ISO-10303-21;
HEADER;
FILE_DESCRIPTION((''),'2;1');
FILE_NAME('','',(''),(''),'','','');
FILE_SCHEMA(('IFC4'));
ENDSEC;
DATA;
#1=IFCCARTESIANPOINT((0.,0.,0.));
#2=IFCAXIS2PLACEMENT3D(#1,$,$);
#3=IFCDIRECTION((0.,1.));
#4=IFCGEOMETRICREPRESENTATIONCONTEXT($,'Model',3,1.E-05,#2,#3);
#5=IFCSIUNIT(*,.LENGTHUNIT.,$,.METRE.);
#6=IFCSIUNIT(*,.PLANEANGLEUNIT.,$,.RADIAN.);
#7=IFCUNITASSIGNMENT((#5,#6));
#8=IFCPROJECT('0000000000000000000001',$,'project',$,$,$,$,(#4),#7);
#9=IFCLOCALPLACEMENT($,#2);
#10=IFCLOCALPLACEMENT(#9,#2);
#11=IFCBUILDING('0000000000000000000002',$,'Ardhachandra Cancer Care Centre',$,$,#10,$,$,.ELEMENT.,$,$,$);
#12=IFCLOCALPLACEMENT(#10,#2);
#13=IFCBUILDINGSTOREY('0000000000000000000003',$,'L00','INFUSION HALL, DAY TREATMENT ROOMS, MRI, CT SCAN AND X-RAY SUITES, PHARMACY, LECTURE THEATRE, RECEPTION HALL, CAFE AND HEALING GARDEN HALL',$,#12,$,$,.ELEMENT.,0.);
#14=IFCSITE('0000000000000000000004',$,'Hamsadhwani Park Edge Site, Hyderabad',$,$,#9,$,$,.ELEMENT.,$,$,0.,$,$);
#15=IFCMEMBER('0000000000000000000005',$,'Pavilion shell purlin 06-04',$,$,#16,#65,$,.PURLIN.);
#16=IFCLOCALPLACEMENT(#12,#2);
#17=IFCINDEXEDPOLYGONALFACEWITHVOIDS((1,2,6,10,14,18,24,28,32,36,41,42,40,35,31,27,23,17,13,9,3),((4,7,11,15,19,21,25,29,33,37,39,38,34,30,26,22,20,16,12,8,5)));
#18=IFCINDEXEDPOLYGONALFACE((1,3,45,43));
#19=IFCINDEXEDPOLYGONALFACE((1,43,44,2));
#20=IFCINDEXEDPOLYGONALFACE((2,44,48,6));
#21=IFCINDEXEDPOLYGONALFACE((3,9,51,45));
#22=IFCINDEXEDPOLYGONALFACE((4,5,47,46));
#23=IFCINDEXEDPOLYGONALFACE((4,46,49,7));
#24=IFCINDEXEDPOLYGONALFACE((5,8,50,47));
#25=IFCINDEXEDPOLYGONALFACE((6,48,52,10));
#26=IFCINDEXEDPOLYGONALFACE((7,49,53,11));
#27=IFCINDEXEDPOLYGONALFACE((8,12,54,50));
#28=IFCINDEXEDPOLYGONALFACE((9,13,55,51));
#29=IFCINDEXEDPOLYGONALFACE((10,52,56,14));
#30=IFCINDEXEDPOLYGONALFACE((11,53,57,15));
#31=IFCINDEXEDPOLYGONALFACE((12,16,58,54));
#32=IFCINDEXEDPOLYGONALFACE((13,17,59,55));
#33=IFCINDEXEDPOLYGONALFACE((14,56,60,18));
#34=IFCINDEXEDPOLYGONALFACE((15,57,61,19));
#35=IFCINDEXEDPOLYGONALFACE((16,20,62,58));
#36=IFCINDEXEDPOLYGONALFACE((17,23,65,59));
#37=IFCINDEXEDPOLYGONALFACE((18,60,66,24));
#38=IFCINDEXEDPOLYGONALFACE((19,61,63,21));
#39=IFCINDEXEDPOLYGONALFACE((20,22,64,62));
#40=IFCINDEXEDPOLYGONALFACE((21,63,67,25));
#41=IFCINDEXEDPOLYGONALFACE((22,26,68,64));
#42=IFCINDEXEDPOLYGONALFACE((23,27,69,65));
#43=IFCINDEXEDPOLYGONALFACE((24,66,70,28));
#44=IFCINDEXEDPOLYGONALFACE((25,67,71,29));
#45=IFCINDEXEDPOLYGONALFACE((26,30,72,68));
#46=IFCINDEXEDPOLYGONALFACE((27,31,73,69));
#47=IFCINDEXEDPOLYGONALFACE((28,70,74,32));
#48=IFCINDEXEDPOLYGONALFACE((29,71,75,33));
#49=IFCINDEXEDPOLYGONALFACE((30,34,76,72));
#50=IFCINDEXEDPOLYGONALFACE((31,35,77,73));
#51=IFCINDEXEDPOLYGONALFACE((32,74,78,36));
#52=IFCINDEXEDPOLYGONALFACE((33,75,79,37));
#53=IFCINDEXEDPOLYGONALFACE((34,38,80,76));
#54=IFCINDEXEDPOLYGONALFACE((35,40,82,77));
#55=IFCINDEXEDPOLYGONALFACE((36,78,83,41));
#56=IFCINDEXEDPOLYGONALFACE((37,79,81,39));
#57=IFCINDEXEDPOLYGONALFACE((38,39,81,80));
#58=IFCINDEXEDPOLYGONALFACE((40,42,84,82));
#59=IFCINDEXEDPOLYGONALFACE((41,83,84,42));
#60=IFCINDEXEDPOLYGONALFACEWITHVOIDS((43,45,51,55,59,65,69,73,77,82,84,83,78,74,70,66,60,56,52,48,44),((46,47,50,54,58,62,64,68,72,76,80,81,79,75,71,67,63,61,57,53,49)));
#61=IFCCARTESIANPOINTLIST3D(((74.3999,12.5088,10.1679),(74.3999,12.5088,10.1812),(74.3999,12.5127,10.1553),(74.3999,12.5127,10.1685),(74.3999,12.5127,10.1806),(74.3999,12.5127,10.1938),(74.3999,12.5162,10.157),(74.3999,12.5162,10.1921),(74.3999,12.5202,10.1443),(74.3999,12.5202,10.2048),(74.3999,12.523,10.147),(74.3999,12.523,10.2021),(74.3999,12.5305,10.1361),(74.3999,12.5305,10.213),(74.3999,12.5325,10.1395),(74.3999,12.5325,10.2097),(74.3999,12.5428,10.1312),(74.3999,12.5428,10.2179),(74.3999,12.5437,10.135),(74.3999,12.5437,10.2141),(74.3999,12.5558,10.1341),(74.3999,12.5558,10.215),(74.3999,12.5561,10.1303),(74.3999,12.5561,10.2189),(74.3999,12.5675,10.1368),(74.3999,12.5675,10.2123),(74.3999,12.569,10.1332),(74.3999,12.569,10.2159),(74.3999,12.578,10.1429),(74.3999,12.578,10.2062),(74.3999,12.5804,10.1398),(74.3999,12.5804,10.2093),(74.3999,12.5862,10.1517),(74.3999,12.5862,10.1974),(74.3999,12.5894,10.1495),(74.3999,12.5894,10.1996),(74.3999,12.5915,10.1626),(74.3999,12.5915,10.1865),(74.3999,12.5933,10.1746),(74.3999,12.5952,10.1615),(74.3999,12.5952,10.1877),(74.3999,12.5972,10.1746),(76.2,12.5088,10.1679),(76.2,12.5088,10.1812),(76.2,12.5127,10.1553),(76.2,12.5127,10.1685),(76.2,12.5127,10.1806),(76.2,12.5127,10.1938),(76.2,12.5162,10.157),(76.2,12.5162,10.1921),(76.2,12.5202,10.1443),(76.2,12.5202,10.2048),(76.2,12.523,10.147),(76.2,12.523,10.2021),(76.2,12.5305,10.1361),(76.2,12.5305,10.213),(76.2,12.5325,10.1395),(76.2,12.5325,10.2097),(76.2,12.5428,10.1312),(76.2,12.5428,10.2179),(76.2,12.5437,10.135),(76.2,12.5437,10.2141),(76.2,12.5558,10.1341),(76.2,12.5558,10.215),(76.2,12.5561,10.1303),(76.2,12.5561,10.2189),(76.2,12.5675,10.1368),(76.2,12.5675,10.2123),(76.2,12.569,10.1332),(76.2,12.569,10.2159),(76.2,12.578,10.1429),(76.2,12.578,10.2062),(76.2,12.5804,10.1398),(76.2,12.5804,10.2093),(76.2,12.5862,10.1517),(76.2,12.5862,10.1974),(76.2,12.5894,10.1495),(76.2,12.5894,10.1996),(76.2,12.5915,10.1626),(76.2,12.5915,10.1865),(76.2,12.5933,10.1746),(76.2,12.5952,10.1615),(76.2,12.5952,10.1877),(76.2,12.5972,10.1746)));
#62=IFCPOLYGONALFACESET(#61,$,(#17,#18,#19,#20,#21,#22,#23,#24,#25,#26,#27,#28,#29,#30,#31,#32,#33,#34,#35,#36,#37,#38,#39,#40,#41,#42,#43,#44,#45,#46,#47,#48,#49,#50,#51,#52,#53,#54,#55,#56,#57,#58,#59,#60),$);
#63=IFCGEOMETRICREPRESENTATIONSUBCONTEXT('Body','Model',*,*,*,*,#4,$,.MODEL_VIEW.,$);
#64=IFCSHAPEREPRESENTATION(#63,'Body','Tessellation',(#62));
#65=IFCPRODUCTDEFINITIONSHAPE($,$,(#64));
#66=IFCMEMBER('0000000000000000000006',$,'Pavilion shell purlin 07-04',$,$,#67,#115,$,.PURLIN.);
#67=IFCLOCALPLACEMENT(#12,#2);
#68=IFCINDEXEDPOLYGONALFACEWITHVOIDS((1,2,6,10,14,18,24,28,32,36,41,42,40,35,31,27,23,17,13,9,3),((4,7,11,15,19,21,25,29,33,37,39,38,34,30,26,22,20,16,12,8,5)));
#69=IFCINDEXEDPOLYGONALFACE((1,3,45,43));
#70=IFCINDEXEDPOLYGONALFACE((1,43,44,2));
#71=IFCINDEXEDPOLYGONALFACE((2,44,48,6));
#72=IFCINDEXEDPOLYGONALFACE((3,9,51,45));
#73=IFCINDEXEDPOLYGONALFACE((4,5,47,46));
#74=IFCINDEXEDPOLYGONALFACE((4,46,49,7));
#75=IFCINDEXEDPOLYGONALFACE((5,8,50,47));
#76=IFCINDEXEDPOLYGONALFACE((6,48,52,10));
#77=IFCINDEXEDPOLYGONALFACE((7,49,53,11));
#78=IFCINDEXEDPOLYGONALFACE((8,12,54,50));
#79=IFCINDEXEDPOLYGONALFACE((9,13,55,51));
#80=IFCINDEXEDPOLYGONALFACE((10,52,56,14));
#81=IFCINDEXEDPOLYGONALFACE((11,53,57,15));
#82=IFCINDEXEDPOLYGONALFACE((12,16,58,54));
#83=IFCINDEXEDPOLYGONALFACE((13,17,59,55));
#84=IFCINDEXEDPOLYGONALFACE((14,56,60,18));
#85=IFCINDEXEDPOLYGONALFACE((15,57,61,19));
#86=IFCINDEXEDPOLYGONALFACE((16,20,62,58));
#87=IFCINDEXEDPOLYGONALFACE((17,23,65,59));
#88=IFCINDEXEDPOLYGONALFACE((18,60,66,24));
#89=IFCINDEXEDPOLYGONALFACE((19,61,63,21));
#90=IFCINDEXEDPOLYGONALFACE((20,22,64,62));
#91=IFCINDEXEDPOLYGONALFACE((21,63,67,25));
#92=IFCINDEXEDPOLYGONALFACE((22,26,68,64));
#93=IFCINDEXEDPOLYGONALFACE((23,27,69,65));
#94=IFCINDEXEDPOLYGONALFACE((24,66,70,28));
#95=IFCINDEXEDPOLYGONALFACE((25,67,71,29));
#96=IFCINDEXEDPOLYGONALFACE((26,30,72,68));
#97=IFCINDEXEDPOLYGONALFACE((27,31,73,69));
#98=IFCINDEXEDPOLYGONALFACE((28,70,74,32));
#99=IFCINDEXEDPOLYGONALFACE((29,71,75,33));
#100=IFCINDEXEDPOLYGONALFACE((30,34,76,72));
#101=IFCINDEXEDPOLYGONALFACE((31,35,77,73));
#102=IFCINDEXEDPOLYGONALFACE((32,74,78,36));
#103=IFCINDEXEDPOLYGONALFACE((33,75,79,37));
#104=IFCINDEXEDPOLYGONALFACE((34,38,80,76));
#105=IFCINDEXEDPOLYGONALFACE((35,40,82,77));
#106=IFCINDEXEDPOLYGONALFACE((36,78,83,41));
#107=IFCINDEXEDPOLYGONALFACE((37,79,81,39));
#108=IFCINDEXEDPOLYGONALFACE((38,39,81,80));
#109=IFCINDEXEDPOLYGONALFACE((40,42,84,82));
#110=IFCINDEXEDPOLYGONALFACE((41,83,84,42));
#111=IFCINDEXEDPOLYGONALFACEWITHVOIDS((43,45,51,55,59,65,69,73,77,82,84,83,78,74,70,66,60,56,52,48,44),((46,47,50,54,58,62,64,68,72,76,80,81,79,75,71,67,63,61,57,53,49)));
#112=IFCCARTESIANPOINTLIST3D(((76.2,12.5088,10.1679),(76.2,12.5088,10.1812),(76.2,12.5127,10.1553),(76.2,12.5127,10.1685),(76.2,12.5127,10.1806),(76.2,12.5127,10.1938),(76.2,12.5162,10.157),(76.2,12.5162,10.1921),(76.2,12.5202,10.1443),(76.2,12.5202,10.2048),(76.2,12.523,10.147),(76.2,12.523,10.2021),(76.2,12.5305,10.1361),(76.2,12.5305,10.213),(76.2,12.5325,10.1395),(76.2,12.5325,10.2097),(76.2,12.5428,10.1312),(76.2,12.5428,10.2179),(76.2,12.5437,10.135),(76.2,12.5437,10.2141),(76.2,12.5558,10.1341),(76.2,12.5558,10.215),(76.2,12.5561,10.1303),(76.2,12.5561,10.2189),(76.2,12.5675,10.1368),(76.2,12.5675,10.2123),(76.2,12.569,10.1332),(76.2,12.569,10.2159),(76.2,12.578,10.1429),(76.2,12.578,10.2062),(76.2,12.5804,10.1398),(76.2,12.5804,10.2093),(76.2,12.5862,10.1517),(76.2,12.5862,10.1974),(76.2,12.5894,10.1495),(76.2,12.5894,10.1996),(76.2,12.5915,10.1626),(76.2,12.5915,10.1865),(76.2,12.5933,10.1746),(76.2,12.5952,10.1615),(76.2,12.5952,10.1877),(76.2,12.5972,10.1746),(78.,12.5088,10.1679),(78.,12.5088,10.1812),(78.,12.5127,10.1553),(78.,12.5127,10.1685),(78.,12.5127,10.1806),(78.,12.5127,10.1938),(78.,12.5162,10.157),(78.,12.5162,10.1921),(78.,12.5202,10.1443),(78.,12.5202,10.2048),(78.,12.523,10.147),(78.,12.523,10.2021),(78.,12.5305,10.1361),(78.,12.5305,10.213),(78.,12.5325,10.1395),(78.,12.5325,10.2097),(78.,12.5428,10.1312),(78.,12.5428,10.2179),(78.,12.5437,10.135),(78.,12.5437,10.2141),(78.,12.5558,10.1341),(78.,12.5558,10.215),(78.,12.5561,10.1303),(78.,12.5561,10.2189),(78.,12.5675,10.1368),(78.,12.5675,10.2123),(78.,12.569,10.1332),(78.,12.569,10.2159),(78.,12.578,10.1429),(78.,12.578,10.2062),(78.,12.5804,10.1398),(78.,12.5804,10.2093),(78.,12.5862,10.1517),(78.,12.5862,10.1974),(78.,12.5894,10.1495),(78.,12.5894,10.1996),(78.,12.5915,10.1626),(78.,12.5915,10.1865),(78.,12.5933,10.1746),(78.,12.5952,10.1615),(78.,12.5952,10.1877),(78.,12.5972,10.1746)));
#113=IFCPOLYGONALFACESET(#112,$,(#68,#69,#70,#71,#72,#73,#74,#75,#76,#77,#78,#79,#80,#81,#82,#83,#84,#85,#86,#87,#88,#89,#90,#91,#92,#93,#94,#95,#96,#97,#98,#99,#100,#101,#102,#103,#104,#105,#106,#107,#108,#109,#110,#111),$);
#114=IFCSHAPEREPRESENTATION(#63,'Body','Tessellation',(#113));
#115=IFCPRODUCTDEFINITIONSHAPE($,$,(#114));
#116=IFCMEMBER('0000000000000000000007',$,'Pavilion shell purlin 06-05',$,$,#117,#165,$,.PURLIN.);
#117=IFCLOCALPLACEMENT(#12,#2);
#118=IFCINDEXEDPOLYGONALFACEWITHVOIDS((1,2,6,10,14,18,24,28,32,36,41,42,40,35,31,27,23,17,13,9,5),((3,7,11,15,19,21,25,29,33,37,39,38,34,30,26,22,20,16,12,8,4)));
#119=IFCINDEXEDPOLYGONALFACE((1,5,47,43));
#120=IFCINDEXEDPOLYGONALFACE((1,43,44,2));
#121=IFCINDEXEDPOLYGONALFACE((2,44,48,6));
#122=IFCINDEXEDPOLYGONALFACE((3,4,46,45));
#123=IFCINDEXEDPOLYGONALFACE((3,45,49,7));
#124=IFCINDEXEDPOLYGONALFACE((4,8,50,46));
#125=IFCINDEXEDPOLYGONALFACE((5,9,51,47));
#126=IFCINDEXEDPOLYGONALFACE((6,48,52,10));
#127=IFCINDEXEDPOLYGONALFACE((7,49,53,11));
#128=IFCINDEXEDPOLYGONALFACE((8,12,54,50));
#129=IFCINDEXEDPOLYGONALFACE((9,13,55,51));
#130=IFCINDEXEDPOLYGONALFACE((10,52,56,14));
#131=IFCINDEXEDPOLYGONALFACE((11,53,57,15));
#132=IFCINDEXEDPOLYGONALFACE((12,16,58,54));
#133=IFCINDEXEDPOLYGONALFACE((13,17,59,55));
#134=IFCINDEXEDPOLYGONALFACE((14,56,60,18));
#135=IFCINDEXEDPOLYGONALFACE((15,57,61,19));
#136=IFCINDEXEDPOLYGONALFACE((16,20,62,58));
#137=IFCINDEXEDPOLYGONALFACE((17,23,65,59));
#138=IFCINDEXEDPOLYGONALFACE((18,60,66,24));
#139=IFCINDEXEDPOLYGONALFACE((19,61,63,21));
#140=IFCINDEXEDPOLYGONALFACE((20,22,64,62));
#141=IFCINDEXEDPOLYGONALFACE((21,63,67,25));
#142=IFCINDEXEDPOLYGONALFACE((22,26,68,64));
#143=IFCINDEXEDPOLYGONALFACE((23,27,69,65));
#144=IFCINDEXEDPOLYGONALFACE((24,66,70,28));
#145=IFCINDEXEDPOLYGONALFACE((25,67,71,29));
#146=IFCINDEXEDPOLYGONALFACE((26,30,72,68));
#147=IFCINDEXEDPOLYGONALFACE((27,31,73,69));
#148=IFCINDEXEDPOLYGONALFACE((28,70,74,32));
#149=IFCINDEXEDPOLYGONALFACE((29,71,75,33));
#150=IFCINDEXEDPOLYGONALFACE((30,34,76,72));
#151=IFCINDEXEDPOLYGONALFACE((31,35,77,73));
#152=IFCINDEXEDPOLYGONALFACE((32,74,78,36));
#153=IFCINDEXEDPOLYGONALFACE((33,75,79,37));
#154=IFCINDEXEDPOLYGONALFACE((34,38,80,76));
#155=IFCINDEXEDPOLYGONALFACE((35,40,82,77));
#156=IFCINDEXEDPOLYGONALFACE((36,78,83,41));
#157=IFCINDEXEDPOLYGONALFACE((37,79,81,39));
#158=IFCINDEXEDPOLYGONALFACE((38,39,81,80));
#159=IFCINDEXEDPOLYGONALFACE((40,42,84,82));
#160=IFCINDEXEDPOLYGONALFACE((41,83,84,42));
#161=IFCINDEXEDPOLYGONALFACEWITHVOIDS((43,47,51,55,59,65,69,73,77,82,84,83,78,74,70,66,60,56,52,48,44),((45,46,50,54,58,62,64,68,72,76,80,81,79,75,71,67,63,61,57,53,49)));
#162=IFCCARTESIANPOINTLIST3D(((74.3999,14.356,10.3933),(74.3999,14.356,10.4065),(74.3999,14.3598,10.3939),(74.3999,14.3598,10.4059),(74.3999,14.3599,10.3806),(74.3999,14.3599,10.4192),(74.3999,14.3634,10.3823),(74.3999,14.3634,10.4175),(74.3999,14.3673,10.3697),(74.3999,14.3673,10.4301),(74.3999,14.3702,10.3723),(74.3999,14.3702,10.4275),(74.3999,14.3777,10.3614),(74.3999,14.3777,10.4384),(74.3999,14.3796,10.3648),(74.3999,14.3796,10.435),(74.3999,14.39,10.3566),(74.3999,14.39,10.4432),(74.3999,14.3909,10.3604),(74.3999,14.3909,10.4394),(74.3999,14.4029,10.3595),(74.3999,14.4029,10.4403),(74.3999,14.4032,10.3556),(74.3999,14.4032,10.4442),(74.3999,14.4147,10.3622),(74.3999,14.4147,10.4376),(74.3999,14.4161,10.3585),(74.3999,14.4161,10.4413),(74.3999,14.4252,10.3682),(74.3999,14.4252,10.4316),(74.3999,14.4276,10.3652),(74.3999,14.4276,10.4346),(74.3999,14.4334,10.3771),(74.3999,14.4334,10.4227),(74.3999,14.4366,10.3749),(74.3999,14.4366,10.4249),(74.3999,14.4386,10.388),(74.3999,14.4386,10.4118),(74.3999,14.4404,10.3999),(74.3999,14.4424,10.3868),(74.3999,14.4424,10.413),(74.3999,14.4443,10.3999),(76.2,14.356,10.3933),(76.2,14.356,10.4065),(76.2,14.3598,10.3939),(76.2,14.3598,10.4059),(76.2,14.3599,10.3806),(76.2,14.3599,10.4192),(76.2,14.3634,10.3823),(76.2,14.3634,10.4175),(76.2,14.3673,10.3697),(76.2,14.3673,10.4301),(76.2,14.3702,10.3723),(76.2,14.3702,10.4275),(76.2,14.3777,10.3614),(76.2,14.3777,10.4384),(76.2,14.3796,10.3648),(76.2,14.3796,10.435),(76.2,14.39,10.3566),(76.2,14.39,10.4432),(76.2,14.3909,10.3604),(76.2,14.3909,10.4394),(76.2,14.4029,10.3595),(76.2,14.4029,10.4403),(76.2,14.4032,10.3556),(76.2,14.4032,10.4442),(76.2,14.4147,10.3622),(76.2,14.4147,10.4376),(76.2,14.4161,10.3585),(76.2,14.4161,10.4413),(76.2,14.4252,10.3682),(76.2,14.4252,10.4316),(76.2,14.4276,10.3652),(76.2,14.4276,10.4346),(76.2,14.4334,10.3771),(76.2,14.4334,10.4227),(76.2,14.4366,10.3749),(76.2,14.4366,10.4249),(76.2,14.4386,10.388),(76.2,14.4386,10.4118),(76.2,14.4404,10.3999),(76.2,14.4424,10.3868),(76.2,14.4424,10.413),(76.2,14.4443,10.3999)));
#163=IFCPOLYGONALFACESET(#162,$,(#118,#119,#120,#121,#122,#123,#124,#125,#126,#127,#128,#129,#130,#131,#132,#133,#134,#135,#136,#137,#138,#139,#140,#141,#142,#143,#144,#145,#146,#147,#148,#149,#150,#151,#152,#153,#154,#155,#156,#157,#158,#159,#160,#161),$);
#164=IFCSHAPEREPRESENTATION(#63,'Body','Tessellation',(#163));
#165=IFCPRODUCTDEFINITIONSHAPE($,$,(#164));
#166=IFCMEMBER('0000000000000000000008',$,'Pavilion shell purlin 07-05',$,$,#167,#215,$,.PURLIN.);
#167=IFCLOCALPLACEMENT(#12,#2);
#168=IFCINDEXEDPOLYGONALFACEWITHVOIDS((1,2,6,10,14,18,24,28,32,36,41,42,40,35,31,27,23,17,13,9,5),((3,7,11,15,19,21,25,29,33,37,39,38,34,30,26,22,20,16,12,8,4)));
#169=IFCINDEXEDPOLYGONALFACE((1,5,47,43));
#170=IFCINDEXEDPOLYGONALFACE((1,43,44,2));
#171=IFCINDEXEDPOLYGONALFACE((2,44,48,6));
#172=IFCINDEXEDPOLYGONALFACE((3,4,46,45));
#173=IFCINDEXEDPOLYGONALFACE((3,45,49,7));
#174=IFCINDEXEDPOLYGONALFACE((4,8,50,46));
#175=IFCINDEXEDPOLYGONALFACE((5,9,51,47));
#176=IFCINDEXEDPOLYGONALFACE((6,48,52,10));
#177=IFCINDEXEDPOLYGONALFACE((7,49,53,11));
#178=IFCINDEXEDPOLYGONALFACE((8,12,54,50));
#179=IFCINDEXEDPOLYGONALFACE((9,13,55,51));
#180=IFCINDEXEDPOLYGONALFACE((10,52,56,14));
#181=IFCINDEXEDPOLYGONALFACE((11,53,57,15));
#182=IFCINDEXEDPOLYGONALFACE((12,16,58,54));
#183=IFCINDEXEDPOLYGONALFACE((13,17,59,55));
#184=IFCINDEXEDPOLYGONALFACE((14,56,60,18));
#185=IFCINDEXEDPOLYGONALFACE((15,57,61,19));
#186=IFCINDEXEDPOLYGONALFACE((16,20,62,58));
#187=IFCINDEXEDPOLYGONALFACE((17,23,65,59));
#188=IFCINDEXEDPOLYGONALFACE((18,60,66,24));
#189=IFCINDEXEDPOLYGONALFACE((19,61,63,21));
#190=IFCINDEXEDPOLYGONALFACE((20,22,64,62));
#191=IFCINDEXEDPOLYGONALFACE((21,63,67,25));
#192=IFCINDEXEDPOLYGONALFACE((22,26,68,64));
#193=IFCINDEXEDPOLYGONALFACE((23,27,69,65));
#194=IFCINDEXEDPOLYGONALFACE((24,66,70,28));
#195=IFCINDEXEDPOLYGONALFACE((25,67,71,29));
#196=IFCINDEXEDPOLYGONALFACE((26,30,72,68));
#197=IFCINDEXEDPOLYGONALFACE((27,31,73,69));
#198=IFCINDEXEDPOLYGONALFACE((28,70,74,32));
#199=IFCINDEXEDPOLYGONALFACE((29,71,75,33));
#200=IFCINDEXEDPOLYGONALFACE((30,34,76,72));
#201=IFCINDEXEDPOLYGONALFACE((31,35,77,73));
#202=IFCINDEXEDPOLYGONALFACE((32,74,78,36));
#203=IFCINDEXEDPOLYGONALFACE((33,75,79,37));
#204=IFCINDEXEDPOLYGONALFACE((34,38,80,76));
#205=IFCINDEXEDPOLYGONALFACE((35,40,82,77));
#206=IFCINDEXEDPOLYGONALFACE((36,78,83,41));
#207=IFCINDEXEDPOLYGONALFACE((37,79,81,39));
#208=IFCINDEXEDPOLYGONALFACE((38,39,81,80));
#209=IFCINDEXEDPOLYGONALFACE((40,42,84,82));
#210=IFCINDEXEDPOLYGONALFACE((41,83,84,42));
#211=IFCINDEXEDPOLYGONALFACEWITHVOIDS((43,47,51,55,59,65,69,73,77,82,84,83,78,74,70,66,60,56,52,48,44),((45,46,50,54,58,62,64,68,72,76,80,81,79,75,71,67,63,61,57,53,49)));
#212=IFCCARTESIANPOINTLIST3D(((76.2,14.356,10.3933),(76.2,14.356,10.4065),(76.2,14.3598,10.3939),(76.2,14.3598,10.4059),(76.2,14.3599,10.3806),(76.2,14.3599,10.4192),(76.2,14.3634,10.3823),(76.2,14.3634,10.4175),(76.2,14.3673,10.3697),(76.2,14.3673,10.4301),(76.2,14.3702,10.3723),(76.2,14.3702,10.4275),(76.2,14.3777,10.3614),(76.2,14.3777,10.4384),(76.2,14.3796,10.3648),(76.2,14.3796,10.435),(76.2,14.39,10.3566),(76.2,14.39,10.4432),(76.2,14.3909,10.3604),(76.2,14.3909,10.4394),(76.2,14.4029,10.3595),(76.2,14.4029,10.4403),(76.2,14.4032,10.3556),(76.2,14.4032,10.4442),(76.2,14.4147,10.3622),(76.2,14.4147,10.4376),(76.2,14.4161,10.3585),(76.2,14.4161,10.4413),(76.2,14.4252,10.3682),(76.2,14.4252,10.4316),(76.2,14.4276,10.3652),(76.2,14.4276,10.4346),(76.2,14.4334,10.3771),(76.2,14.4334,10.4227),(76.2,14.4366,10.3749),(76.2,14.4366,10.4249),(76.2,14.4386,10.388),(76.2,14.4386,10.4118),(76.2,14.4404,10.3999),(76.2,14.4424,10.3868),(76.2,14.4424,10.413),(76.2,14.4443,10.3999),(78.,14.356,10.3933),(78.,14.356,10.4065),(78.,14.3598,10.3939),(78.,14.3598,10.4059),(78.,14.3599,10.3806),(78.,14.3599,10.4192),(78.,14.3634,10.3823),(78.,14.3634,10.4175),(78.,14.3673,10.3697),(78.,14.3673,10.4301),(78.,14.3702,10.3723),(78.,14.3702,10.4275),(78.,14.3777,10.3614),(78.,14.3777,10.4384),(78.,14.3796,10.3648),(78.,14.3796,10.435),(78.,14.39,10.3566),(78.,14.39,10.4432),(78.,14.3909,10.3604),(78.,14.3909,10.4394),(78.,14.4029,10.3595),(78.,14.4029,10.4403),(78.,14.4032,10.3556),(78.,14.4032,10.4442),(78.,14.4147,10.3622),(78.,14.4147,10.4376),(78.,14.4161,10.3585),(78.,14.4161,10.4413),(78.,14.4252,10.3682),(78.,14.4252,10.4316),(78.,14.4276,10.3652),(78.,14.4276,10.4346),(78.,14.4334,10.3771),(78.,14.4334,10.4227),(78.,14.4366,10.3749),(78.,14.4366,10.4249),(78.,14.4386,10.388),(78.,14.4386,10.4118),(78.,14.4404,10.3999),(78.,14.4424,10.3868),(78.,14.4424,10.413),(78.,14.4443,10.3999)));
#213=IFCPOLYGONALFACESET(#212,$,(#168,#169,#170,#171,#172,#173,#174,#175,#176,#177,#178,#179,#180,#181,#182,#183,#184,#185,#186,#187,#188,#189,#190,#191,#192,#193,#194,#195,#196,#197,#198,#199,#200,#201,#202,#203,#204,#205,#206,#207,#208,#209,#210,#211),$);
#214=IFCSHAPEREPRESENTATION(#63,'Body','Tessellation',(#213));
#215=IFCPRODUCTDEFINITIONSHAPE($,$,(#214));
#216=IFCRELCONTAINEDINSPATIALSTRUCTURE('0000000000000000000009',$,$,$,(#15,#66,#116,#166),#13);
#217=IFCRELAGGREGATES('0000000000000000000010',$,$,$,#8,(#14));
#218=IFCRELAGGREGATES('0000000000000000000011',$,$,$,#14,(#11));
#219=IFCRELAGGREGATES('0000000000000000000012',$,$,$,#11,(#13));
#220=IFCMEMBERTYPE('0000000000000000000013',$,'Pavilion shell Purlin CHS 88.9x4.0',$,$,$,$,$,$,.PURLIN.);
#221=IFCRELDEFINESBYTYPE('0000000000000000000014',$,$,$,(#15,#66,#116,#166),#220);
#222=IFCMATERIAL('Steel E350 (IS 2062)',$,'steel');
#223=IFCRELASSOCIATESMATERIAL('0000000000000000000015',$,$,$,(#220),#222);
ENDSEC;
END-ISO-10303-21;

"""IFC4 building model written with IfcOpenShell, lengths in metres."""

from ifc_helpers import new_model, si_unit, direction, frame, origin, origin_2d, place, context, subcontext, project, spatial, hollow_circle, extrude, material, material_profile, profile_set, type_object, element, save


model = new_model("IFC4")

# Units and contexts
model_context = context("Model", 3, precision=1e-05, world=origin(), true_north=direction((0.0, 1.0)))
body_context = subcontext(model_context, "Body", "Model", "MODEL_VIEW")
ifc_project = project(units=[si_unit("LENGTHUNIT", "METRE"), si_unit("PLANEANGLEUNIT", "RADIAN")], contexts=[model_context])

# Site, building, storey
site_placement = place(None, origin())
site = spatial("IfcSite", under=ifc_project, at=site_placement, Name="Hamsadhwani Park Edge Site, Hyderabad", CompositionType="ELEMENT", RefElevation=0.0)
building_placement = place(site_placement, origin())
building = spatial("IfcBuilding", under=site, at=building_placement, Name="Ardhachandra Cancer Care Centre", CompositionType="ELEMENT")
storey_placement = place(building_placement, origin())
storey = spatial("IfcBuildingStorey", under=building, at=storey_placement, Name="L00", Description="INFUSION HALL, DAY TREATMENT ROOMS, MRI, CT SCAN AND X-RAY SUITES, PHARMACY, LECTURE THEATRE, RECEPTION HALL, CAFE AND HEALING GARDEN HALL", CompositionType="ELEMENT", Elevation=0.0)

# Members
ifc_material_1 = material(Name="Steel E350 (IS 2062)", Category="steel")
ifc_material_profile_1 = material_profile(ifc_material_1, hollow_circle(Radius=0.0444, WallThickness=0.0039, at=origin_2d()), Name="CHS 88.9x4.0")
ifc_profile_set_1 = profile_set([ifc_material_profile_1], Name="Steel E350 (IS 2062)")
member_type_1 = type_object("IfcMemberType", Name="Pavilion shell Purlin CHS 88.9x4.0", PredefinedType="PURLIN", material=ifc_profile_set_1)
for number, where, z_axis, x_axis, name in (
    (1, (74.3999, 12.5527, 10.1746), (1.0, 0.0, 0.0), (0.0, 1.0, 0.0), "Pavilion shell purlin 06-04"),
    (2, (76.2, 12.5527, 10.1746), (1.0, 0.0, 0.0), (0.0, 1.0, 0.0), "Pavilion shell purlin 07-04"),
    (3, (74.3999, 14.3999, 10.3999), (1.0, 0.0, 0.0), (0.0, 1.0, 0.0), "Pavilion shell purlin 06-05"),
    (4, (76.2, 14.3999, 10.3999), (1.0, 0.0, 0.0), (0.0, 1.0, 0.0), "Pavilion shell purlin 07-05"),
):
    element("IfcMember", number, at=place(storey_placement, frame(where, z_axis=z_axis, x_axis=x_axis)), inside=storey, type_object=member_type_1, Name=name, PredefinedType="PURLIN", context=body_context, shape_type="SweptSolid", body=[
        extrude(hollow_circle(Radius=0.0444, WallThickness=0.0039, at=origin_2d()), origin(), (0.0, 0.0, 1.0), 1.8),
    ])

save(model, "model.ifc")
